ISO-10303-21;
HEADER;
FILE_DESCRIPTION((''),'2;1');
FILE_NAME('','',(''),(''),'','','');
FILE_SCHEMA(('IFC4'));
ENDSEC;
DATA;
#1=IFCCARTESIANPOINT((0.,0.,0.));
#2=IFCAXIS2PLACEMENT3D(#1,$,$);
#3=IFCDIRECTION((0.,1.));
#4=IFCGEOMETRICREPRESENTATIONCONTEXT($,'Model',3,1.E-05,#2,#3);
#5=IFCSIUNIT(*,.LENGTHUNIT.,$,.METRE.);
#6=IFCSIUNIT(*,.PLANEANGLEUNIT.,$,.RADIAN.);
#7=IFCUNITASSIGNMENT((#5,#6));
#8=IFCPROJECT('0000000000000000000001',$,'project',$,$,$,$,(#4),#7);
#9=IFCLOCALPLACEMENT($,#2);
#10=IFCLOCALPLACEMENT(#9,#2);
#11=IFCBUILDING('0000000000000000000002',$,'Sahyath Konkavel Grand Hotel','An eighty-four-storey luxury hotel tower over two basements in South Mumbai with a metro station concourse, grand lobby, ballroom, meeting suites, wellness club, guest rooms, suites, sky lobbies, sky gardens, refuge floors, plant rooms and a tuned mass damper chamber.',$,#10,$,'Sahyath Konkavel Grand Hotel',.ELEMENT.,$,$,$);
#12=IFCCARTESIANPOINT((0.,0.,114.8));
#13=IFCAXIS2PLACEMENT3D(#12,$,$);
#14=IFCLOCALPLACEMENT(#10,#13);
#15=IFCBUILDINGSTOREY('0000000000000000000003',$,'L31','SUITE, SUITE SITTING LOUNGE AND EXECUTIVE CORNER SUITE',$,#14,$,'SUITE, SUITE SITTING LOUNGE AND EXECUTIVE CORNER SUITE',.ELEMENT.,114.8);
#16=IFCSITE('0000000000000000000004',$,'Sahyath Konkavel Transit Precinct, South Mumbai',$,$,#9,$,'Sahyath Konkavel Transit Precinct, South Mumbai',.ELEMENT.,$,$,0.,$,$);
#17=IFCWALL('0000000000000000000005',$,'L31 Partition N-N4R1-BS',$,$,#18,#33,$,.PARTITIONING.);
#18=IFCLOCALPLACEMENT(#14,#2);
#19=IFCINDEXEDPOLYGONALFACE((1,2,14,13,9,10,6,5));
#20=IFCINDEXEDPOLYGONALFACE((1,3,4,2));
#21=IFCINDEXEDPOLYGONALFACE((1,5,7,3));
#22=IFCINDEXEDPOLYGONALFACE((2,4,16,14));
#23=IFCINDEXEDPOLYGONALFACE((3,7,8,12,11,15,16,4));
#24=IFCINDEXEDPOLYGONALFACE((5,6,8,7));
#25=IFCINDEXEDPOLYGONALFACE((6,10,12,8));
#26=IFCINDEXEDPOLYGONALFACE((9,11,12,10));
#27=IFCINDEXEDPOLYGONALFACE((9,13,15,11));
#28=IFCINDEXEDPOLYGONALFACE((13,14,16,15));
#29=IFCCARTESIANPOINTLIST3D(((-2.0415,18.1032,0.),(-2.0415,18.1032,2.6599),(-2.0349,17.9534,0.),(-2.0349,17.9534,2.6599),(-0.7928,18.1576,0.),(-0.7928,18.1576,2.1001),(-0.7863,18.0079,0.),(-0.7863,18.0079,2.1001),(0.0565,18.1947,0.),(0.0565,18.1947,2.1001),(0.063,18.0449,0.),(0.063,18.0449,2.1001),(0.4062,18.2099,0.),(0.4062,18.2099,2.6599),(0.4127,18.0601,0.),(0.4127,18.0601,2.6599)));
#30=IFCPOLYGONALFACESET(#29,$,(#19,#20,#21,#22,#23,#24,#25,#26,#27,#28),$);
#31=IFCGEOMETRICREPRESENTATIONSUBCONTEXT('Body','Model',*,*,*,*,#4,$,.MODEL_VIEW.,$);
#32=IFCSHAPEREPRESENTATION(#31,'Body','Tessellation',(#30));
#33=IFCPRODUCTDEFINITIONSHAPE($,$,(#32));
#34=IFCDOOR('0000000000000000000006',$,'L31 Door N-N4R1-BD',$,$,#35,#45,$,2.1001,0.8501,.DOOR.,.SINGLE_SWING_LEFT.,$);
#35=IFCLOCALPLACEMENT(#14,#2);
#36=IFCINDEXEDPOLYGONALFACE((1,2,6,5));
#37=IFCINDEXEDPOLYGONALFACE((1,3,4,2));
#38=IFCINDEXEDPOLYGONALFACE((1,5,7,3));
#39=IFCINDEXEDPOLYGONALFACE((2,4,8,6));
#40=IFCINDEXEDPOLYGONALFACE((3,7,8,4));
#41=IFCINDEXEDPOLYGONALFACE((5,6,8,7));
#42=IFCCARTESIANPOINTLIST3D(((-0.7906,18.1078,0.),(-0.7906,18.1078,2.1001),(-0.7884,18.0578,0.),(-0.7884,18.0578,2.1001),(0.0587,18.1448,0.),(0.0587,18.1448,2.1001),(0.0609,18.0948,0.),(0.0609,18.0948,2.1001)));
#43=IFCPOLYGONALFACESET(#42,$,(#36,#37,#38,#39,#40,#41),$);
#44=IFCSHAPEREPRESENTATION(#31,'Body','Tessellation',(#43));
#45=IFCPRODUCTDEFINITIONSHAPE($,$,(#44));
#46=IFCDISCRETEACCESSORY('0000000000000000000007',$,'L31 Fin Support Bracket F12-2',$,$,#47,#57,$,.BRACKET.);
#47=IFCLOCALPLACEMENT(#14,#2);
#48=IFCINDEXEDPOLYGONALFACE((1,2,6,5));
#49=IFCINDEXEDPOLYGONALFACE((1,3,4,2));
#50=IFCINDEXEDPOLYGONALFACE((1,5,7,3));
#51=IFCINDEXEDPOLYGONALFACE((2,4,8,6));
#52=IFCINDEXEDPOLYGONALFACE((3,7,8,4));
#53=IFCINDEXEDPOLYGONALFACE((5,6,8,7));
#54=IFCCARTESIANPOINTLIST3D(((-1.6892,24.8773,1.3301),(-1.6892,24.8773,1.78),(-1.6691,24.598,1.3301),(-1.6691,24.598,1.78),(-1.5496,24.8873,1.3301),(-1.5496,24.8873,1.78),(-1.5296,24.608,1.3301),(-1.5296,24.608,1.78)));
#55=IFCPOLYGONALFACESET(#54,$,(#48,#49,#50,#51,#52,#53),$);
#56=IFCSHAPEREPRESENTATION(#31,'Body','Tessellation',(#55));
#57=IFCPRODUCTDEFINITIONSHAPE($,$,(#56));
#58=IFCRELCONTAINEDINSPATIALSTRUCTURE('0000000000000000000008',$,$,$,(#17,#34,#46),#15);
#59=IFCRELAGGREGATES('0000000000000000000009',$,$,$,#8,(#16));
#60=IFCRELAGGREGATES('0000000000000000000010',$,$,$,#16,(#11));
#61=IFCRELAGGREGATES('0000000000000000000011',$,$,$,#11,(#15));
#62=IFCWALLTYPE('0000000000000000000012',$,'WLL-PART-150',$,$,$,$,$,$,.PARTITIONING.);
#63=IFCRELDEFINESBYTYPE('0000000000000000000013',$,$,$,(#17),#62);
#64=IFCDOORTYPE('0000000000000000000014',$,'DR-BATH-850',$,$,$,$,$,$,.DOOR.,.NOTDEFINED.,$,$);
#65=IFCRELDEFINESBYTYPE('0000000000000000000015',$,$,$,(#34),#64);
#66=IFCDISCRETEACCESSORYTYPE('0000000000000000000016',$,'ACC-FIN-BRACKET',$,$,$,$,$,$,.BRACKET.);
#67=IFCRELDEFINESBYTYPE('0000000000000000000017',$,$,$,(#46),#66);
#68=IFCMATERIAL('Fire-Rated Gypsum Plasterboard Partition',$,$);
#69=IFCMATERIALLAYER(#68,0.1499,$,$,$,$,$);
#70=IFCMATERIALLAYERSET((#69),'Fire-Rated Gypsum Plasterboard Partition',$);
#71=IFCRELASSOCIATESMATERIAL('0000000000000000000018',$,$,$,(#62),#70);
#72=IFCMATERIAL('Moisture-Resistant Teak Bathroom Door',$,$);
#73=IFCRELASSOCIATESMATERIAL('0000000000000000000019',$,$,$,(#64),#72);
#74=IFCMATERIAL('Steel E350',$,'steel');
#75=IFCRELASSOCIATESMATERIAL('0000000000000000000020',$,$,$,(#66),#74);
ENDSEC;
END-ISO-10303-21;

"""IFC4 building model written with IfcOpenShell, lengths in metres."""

from ifc_helpers import new_model, si_unit, direction, frame, frame_2d, origin, origin_2d, place, context, subcontext, project, spatial, rectangle, extrude, source, transform, mapped, material, layer, layer_set, type_object, element, fill, save


model = new_model("IFC4")

# Units and contexts
model_context = context("Model", 3, precision=1e-05, world=origin(), true_north=direction((0.0, 1.0)))
body_context = subcontext(model_context, "Body", "Model", "MODEL_VIEW")
ifc_project = project(units=[si_unit("LENGTHUNIT", "METRE"), si_unit("PLANEANGLEUNIT", "RADIAN")], contexts=[model_context])

# Site, building, storey
site_placement = place(None, origin())
site = spatial("IfcSite", under=ifc_project, at=site_placement, Name="Sahyath Konkavel Transit Precinct, South Mumbai", LongName="Sahyath Konkavel Transit Precinct, South Mumbai", CompositionType="ELEMENT", RefElevation=0.0)
building_placement = place(site_placement, origin())
building = spatial("IfcBuilding", under=site, at=building_placement, Name="Sahyath Konkavel Grand Hotel", Description="An eighty-four-storey luxury hotel tower over two basements in South Mumbai with a metro station concourse, grand lobby, ballroom, meeting suites, wellness club, guest rooms, suites, sky lobbies, sky gardens, refuge floors, plant rooms and a tuned mass damper chamber.", LongName="Sahyath Konkavel Grand Hotel", CompositionType="ELEMENT")
storey_placement = place(building_placement, frame((0.0, 0.0, 114.8)))
storey = spatial("IfcBuildingStorey", under=building, at=storey_placement, Name="L31", Description="SUITE, SUITE SITTING LOUNGE AND EXECUTIVE CORNER SUITE", LongName="SUITE, SUITE SITTING LOUNGE AND EXECUTIVE CORNER SUITE", CompositionType="ELEMENT", Elevation=114.8)

# Shared definitions
ifc_material_1 = material(Name="Steel E350", Category="steel")

# Wall, opening, door
ifc_material_2 = material(Name="Fire-Rated Gypsum Plasterboard Partition")
ifc_layer_1 = layer(ifc_material_2, 0.1499)
ifc_layer_set_1 = layer_set([ifc_layer_1], Name="Fire-Rated Gypsum Plasterboard Partition")
wall_type_1 = type_object("IfcWallType", Name="WLL-PART-150", PredefinedType="PARTITIONING", material=ifc_layer_set_1)
wall_1_placement = place(storey_placement, frame((-2.0383, 18.0283, 0.0), z_axis=(0.0, 0.0, 1.0), x_axis=(0.999051, 0.04355, 0.0)))
wall_1 = element("IfcWall", 1, at=wall_1_placement, inside=storey, type_object=wall_type_1, Name="L31 Partition N-N4R1-BS", PredefinedType="PARTITIONING", context=body_context, shape_type="SweptSolid", body=[
    extrude(rectangle(XDim=2.45, YDim=0.1499, at=frame_2d((1.2251, 0.0))), origin(), (0.0, 0.0, 1.0), 2.6599),
])
opening_placement = place(wall_1_placement, frame((1.25, 0.0, 0.0)))
opening = element("IfcOpeningElement", 2, at=opening_placement, cuts=wall_1, PredefinedType="OPENING", context=body_context, shape_type="SweptSolid", body=[
    extrude(rectangle(XDim=0.8501, YDim=2.1001, at=frame_2d((0.425, 1.05))), frame((0.0, 0.085, 0.0), z_axis=(0.0, -1.0, 0.0), x_axis=(1.0, 0.0, 0.0)), (0.0, 0.0, 1.0), 0.1699),
])
ifc_material_3 = material(Name="Moisture-Resistant Teak Bathroom Door")
door_type = type_object("IfcDoorType", Name="DR-BATH-850", OperationType="NOTDEFINED", PredefinedType="DOOR", material=ifc_material_3)
shared_shape_1 = source(origin(), body_context, "Body", "SweptSolid", [
    extrude(rectangle(XDim=0.8501, YDim=0.05, at=origin_2d()), origin(), (0.0, 0.0, 1.0), 2.1001),
])
door_placement = place(opening_placement, frame((0.425, 0.0, 0.0)))
door = element("IfcDoor", 3, at=door_placement, inside=storey, type_object=door_type, Name="L31 Door N-N4R1-BD", OperationType="SINGLE_SWING_LEFT", OverallHeight=2.1001, OverallWidth=0.8501, PredefinedType="DOOR", context=body_context, shape_type="MappedRepresentation", body=[
    mapped(shared_shape_1, transform((0.0, 0.0, 0.0), scale=1.0)),
])
fill(opening, door)

# Discrete accessory
discrete_accessory_type = type_object("IfcDiscreteAccessoryType", Name="ACC-FIN-BRACKET", PredefinedType="BRACKET", material=ifc_material_1)
shared_shape_2 = source(origin(), body_context, "Body", "SweptSolid", [
    extrude(rectangle(XDim=0.28, YDim=0.1399, at=origin_2d()), origin(), (0.0, 0.0, 1.0), 0.45),
])
discrete_accessory_placement = place(storey_placement, frame((-1.6094, 24.7427, 1.3301), z_axis=(0.0, 0.0, 1.0), x_axis=(-0.071567, 0.997436, 0.0)))
element("IfcDiscreteAccessory", 4, at=discrete_accessory_placement, inside=storey, type_object=discrete_accessory_type, Name="L31 Fin Support Bracket F12-2", PredefinedType="BRACKET", context=body_context, shape_type="MappedRepresentation", body=[
    mapped(shared_shape_2, transform((0.0, 0.0, 0.0), scale=1.0)),
])

save(model, "model.ifc")
